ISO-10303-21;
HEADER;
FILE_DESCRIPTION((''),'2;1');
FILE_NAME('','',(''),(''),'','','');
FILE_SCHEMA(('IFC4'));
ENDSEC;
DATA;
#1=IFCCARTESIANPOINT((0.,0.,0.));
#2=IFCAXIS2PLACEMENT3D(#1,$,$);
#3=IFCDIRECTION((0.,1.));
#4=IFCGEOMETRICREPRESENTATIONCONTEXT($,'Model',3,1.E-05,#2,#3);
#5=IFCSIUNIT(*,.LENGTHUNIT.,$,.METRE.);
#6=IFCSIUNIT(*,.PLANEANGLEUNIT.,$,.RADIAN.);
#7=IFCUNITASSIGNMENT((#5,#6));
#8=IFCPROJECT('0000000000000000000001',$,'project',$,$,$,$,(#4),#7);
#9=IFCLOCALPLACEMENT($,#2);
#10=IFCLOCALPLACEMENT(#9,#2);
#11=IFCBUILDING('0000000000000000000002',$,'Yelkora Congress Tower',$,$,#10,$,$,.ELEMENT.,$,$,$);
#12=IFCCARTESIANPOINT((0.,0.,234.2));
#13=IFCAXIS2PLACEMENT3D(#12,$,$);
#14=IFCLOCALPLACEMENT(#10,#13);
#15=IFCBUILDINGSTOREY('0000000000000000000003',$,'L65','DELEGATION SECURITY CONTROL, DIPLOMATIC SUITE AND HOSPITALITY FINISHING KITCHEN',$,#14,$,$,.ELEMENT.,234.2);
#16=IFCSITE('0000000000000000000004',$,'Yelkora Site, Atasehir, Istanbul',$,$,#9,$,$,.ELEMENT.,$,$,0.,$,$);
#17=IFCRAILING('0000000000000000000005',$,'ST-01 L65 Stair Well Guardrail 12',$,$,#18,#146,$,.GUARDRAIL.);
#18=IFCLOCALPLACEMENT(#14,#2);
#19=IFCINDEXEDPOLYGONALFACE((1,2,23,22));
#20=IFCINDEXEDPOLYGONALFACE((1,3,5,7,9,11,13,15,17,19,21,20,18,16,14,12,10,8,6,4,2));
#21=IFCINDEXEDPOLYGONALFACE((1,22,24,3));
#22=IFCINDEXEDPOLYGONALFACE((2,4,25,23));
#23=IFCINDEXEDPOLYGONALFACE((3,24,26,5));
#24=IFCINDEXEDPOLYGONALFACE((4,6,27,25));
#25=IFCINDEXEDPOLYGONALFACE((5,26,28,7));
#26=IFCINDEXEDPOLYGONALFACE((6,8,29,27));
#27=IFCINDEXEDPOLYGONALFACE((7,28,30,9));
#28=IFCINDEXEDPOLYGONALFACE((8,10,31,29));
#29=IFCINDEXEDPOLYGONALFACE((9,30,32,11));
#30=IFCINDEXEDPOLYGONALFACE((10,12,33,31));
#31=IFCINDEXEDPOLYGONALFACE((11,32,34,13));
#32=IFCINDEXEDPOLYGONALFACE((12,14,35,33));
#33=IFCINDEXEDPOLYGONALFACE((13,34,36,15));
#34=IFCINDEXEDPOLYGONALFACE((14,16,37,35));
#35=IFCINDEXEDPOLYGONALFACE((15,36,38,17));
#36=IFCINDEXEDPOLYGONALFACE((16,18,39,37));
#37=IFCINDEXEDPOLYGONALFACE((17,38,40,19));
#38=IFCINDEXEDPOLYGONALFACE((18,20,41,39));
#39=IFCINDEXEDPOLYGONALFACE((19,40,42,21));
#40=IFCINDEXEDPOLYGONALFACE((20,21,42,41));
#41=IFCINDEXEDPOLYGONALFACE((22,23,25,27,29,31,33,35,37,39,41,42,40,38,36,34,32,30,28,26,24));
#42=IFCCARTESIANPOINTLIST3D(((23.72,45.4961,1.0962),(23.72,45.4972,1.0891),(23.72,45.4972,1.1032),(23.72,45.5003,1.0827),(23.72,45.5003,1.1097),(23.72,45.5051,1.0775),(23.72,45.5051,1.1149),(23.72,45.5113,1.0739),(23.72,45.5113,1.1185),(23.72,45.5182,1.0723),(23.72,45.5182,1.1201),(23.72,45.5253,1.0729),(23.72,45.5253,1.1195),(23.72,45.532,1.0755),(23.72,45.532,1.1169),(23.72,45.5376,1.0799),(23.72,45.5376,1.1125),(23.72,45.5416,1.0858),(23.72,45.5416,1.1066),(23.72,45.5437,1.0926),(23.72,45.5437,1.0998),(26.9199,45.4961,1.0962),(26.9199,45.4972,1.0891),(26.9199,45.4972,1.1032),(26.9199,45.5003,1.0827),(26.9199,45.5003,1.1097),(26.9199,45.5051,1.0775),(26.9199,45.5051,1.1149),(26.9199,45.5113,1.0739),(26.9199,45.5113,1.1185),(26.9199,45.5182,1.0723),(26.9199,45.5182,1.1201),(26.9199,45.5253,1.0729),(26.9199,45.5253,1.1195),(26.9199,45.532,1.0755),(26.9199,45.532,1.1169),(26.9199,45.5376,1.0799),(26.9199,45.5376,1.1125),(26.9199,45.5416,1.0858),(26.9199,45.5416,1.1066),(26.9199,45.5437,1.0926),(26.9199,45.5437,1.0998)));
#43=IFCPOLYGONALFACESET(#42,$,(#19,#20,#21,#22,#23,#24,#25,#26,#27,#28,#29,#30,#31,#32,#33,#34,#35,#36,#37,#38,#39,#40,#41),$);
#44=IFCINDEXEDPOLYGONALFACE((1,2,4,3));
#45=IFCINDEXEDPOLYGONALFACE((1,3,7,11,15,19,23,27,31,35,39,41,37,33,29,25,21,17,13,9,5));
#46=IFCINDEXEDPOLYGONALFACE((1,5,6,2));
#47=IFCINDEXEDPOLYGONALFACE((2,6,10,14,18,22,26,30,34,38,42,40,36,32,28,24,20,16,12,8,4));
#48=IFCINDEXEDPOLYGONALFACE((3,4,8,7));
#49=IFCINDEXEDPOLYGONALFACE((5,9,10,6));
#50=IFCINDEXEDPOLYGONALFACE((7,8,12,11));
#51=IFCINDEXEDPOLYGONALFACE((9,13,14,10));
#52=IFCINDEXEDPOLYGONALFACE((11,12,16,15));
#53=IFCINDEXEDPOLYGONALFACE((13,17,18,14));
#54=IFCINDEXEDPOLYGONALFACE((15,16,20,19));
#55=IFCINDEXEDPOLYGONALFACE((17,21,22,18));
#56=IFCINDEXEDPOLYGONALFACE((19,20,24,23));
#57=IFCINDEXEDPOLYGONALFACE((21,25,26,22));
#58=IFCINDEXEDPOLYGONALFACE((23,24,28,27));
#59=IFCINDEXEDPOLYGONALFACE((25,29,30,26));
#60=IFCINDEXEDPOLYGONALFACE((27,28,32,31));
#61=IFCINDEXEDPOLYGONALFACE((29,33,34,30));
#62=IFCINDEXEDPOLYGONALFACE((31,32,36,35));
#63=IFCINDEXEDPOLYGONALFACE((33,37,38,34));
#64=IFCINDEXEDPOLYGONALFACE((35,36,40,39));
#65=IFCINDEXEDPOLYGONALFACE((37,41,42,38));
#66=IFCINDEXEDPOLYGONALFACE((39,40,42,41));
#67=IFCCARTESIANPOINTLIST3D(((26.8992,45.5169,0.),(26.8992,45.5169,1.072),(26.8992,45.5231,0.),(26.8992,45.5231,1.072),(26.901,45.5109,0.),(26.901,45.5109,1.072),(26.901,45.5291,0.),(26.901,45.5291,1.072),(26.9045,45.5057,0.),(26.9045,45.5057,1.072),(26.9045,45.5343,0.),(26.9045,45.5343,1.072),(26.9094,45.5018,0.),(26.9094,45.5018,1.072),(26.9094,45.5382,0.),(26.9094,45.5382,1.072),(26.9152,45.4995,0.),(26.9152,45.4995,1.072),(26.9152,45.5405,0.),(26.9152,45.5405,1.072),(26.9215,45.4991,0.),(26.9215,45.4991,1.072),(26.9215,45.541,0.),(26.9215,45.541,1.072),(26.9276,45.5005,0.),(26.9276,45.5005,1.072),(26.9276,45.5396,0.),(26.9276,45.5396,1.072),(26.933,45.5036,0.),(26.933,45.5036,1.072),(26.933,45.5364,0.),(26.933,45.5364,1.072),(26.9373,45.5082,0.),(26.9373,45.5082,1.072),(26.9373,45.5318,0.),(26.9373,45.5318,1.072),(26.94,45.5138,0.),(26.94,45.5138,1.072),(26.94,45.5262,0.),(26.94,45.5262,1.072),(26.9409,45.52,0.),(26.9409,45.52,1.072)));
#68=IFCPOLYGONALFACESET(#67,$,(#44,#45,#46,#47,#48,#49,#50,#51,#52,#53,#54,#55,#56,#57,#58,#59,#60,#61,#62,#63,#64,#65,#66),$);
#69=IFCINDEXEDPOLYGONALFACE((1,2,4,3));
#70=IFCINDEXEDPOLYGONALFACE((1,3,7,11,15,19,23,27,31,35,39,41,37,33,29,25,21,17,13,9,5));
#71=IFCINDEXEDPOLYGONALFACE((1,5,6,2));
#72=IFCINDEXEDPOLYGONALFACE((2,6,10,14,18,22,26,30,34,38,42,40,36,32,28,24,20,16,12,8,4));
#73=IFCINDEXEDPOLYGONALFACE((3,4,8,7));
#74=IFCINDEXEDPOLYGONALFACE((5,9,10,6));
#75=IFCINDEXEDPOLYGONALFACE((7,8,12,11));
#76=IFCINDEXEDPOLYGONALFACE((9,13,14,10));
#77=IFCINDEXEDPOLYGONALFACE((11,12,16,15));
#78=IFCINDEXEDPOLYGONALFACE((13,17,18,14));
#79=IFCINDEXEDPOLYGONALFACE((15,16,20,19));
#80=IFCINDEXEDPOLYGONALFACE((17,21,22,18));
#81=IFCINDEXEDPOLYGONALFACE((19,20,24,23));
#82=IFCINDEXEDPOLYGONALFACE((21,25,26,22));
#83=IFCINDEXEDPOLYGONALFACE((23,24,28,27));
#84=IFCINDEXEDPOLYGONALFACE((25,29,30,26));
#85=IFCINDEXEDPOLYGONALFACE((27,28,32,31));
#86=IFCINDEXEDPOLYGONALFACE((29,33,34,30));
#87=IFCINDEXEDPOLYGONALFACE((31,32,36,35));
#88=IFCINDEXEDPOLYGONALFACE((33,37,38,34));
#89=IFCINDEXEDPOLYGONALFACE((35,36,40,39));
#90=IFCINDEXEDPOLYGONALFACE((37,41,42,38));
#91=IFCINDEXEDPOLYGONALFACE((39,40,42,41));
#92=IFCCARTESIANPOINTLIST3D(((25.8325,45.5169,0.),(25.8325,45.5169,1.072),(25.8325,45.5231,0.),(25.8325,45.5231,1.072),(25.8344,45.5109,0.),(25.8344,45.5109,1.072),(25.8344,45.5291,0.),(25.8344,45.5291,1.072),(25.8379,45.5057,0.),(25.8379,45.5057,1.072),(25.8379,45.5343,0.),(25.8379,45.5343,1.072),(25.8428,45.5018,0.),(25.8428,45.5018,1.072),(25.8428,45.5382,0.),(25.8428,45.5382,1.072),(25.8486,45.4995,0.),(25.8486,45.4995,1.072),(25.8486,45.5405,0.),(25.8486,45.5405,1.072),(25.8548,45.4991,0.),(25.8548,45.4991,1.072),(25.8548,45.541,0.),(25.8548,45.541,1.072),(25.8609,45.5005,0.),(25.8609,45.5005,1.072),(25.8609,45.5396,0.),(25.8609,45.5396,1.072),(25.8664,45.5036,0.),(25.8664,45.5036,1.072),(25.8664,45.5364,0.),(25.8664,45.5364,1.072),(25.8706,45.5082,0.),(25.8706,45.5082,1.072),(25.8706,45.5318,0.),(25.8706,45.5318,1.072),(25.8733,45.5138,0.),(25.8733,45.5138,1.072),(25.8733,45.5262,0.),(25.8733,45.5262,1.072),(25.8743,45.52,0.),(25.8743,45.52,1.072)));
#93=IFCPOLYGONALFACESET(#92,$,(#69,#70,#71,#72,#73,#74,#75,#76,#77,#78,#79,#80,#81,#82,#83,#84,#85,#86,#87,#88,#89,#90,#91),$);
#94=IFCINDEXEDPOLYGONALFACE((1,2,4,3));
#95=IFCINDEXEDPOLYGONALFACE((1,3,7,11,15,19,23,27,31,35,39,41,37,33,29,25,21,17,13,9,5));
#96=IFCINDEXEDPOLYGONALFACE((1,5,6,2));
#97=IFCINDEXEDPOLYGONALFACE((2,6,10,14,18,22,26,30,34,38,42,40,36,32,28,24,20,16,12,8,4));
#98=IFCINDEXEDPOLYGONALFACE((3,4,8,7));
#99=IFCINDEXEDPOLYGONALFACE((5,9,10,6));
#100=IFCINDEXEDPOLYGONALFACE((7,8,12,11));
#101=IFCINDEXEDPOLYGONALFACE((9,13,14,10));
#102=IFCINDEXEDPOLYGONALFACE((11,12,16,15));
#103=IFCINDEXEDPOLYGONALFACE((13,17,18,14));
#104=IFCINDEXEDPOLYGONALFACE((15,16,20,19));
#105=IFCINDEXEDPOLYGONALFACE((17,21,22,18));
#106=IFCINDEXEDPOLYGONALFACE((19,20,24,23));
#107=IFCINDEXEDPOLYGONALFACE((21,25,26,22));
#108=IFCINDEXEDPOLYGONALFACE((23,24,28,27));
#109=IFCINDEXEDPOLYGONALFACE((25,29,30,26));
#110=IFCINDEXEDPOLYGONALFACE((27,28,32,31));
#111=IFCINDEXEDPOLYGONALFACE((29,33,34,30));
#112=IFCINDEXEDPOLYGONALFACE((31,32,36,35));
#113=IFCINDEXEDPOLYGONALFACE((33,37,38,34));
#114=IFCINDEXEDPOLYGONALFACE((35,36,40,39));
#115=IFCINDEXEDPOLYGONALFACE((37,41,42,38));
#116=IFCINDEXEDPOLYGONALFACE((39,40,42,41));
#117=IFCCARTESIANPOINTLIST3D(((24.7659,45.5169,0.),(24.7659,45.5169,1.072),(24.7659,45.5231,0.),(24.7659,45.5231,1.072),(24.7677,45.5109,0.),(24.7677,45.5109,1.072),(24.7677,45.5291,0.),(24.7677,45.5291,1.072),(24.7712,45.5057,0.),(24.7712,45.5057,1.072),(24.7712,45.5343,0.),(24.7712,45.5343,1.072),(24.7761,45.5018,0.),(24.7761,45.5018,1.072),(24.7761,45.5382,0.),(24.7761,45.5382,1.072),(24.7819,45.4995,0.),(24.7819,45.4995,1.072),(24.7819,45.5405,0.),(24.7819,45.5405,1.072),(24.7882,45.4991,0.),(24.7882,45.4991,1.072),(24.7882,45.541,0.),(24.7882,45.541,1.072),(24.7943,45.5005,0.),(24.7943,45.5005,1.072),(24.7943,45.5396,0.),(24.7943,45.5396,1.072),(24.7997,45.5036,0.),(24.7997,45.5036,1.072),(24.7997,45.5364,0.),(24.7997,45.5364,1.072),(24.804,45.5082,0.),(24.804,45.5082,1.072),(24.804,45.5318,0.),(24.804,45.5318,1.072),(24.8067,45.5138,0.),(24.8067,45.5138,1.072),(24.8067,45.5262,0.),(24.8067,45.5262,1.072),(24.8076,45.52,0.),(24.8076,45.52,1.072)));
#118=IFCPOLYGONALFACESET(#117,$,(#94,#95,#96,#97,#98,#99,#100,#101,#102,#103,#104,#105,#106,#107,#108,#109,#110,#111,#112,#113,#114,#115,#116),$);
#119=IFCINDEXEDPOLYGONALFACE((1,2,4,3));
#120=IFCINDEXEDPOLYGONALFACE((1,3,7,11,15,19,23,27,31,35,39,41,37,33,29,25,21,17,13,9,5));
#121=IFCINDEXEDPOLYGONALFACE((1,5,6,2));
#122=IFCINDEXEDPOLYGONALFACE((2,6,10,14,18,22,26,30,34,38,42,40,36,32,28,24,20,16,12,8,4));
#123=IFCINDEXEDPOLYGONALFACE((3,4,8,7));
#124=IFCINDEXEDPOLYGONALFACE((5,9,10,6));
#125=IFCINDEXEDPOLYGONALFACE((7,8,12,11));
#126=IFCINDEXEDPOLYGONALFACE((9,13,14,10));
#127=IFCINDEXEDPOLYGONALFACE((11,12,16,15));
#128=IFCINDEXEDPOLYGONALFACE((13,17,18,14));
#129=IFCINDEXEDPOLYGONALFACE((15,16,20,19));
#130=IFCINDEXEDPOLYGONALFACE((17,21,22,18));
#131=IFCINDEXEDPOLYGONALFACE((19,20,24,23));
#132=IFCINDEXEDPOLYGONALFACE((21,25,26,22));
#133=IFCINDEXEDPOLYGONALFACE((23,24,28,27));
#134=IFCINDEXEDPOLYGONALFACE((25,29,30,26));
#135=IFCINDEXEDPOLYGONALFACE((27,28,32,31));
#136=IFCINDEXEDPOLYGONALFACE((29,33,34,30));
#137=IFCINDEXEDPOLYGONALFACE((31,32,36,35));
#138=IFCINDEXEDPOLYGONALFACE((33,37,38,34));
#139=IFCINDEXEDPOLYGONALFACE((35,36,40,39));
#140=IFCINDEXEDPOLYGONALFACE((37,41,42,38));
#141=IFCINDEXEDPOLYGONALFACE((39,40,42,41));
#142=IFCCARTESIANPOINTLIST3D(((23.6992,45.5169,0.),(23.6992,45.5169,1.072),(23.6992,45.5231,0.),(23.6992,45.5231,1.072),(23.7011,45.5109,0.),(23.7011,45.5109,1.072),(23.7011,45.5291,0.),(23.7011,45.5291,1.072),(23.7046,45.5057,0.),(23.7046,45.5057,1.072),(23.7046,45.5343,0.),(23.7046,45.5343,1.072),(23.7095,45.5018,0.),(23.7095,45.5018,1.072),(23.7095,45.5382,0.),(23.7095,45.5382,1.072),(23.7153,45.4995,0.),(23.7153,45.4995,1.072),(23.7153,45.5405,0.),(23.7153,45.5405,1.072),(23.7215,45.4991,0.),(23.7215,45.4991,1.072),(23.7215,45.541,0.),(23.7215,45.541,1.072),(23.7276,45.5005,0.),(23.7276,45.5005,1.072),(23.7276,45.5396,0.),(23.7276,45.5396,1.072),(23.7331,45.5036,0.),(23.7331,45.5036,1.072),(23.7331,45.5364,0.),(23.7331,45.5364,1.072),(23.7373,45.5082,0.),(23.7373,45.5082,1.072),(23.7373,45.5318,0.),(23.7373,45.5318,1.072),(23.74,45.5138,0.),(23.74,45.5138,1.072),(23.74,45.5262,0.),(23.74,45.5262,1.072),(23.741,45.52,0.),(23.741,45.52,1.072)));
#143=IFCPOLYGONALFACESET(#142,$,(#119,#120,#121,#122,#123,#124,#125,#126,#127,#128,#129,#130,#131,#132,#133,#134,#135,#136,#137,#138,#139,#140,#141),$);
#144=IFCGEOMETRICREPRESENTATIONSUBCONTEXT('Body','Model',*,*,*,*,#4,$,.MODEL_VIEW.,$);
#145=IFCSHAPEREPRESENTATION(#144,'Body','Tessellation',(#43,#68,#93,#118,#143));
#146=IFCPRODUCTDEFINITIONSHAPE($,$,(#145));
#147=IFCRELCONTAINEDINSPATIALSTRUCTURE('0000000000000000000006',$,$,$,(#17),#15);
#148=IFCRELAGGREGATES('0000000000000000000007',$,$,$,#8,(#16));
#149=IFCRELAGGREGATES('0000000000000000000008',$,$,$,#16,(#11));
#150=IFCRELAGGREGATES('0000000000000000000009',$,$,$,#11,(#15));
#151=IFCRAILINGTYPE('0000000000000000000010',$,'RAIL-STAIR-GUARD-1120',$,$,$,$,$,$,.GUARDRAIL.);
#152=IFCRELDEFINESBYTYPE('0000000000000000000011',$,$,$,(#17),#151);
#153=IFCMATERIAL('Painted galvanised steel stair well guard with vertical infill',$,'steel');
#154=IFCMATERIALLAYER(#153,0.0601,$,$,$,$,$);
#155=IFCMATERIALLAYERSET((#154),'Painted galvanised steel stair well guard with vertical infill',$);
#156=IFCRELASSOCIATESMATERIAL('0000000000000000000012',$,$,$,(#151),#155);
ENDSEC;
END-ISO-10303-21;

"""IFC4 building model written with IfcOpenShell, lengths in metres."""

from ifc_helpers import new_model, si_unit, direction, frame, origin, origin_2d, place, context, subcontext, project, spatial, circle, extrude, material, layer, layer_set, type_object, element, save


model = new_model("IFC4")

# Units and contexts
model_context = context("Model", 3, precision=1e-05, world=origin(), true_north=direction((0.0, 1.0)))
body_context = subcontext(model_context, "Body", "Model", "MODEL_VIEW")
ifc_project = project(units=[si_unit("LENGTHUNIT", "METRE"), si_unit("PLANEANGLEUNIT", "RADIAN")], contexts=[model_context])

# Site, building, storey
site_placement = place(None, origin())
site = spatial("IfcSite", under=ifc_project, at=site_placement, Name="Yelkora Site, Atasehir, Istanbul", CompositionType="ELEMENT", RefElevation=0.0)
building_placement = place(site_placement, origin())
building = spatial("IfcBuilding", under=site, at=building_placement, Name="Yelkora Congress Tower", CompositionType="ELEMENT")
storey_placement = place(building_placement, frame((0.0, 0.0, 234.2)))
storey = spatial("IfcBuildingStorey", under=building, at=storey_placement, Name="L65", Description="DELEGATION SECURITY CONTROL, DIPLOMATIC SUITE AND HOSPITALITY FINISHING KITCHEN", CompositionType="ELEMENT", Elevation=234.2)

# Railing
ifc_material_1 = material(Name="Painted galvanised steel stair well guard with vertical infill", Category="steel")
ifc_layer_1 = layer(ifc_material_1, 0.0601)
ifc_layer_set_1 = layer_set([ifc_layer_1], Name="Painted galvanised steel stair well guard with vertical infill")
railing_type_1 = type_object("IfcRailingType", Name="RAIL-STAIR-GUARD-1120", PredefinedType="GUARDRAIL", material=ifc_layer_set_1)
railing_1_placement = place(storey_placement, frame((26.9199, 45.52, 0.0)))
element("IfcRailing", 1, at=railing_1_placement, inside=storey, type_object=railing_type_1, Name="ST-01 L65 Stair Well Guardrail 12", PredefinedType="GUARDRAIL", context=body_context, shape_type="SweptSolid", body=[
    extrude(circle(Radius=0.0239, at=origin_2d()), frame((0.0, 0.0, 1.0962), z_axis=(-1.0, 0.0, 0.0), x_axis=(0.0, -1.0, 0.0)), (0.0, 0.0, 1.0), 3.2),
    extrude(circle(Radius=0.021, at=origin_2d()), origin(), (0.0, 0.0, 1.0), 1.072),
    extrude(circle(Radius=0.021, at=origin_2d()), frame((-1.0667, 0.0, 0.0)), (0.0, 0.0, 1.0), 1.072),
    extrude(circle(Radius=0.021, at=origin_2d()), frame((-2.1333, 0.0, 0.0)), (0.0, 0.0, 1.0), 1.072),
    extrude(circle(Radius=0.021, at=origin_2d()), frame((-3.2, 0.0, 0.0)), (0.0, 0.0, 1.0), 1.072),
])

save(model, "model.ifc")
